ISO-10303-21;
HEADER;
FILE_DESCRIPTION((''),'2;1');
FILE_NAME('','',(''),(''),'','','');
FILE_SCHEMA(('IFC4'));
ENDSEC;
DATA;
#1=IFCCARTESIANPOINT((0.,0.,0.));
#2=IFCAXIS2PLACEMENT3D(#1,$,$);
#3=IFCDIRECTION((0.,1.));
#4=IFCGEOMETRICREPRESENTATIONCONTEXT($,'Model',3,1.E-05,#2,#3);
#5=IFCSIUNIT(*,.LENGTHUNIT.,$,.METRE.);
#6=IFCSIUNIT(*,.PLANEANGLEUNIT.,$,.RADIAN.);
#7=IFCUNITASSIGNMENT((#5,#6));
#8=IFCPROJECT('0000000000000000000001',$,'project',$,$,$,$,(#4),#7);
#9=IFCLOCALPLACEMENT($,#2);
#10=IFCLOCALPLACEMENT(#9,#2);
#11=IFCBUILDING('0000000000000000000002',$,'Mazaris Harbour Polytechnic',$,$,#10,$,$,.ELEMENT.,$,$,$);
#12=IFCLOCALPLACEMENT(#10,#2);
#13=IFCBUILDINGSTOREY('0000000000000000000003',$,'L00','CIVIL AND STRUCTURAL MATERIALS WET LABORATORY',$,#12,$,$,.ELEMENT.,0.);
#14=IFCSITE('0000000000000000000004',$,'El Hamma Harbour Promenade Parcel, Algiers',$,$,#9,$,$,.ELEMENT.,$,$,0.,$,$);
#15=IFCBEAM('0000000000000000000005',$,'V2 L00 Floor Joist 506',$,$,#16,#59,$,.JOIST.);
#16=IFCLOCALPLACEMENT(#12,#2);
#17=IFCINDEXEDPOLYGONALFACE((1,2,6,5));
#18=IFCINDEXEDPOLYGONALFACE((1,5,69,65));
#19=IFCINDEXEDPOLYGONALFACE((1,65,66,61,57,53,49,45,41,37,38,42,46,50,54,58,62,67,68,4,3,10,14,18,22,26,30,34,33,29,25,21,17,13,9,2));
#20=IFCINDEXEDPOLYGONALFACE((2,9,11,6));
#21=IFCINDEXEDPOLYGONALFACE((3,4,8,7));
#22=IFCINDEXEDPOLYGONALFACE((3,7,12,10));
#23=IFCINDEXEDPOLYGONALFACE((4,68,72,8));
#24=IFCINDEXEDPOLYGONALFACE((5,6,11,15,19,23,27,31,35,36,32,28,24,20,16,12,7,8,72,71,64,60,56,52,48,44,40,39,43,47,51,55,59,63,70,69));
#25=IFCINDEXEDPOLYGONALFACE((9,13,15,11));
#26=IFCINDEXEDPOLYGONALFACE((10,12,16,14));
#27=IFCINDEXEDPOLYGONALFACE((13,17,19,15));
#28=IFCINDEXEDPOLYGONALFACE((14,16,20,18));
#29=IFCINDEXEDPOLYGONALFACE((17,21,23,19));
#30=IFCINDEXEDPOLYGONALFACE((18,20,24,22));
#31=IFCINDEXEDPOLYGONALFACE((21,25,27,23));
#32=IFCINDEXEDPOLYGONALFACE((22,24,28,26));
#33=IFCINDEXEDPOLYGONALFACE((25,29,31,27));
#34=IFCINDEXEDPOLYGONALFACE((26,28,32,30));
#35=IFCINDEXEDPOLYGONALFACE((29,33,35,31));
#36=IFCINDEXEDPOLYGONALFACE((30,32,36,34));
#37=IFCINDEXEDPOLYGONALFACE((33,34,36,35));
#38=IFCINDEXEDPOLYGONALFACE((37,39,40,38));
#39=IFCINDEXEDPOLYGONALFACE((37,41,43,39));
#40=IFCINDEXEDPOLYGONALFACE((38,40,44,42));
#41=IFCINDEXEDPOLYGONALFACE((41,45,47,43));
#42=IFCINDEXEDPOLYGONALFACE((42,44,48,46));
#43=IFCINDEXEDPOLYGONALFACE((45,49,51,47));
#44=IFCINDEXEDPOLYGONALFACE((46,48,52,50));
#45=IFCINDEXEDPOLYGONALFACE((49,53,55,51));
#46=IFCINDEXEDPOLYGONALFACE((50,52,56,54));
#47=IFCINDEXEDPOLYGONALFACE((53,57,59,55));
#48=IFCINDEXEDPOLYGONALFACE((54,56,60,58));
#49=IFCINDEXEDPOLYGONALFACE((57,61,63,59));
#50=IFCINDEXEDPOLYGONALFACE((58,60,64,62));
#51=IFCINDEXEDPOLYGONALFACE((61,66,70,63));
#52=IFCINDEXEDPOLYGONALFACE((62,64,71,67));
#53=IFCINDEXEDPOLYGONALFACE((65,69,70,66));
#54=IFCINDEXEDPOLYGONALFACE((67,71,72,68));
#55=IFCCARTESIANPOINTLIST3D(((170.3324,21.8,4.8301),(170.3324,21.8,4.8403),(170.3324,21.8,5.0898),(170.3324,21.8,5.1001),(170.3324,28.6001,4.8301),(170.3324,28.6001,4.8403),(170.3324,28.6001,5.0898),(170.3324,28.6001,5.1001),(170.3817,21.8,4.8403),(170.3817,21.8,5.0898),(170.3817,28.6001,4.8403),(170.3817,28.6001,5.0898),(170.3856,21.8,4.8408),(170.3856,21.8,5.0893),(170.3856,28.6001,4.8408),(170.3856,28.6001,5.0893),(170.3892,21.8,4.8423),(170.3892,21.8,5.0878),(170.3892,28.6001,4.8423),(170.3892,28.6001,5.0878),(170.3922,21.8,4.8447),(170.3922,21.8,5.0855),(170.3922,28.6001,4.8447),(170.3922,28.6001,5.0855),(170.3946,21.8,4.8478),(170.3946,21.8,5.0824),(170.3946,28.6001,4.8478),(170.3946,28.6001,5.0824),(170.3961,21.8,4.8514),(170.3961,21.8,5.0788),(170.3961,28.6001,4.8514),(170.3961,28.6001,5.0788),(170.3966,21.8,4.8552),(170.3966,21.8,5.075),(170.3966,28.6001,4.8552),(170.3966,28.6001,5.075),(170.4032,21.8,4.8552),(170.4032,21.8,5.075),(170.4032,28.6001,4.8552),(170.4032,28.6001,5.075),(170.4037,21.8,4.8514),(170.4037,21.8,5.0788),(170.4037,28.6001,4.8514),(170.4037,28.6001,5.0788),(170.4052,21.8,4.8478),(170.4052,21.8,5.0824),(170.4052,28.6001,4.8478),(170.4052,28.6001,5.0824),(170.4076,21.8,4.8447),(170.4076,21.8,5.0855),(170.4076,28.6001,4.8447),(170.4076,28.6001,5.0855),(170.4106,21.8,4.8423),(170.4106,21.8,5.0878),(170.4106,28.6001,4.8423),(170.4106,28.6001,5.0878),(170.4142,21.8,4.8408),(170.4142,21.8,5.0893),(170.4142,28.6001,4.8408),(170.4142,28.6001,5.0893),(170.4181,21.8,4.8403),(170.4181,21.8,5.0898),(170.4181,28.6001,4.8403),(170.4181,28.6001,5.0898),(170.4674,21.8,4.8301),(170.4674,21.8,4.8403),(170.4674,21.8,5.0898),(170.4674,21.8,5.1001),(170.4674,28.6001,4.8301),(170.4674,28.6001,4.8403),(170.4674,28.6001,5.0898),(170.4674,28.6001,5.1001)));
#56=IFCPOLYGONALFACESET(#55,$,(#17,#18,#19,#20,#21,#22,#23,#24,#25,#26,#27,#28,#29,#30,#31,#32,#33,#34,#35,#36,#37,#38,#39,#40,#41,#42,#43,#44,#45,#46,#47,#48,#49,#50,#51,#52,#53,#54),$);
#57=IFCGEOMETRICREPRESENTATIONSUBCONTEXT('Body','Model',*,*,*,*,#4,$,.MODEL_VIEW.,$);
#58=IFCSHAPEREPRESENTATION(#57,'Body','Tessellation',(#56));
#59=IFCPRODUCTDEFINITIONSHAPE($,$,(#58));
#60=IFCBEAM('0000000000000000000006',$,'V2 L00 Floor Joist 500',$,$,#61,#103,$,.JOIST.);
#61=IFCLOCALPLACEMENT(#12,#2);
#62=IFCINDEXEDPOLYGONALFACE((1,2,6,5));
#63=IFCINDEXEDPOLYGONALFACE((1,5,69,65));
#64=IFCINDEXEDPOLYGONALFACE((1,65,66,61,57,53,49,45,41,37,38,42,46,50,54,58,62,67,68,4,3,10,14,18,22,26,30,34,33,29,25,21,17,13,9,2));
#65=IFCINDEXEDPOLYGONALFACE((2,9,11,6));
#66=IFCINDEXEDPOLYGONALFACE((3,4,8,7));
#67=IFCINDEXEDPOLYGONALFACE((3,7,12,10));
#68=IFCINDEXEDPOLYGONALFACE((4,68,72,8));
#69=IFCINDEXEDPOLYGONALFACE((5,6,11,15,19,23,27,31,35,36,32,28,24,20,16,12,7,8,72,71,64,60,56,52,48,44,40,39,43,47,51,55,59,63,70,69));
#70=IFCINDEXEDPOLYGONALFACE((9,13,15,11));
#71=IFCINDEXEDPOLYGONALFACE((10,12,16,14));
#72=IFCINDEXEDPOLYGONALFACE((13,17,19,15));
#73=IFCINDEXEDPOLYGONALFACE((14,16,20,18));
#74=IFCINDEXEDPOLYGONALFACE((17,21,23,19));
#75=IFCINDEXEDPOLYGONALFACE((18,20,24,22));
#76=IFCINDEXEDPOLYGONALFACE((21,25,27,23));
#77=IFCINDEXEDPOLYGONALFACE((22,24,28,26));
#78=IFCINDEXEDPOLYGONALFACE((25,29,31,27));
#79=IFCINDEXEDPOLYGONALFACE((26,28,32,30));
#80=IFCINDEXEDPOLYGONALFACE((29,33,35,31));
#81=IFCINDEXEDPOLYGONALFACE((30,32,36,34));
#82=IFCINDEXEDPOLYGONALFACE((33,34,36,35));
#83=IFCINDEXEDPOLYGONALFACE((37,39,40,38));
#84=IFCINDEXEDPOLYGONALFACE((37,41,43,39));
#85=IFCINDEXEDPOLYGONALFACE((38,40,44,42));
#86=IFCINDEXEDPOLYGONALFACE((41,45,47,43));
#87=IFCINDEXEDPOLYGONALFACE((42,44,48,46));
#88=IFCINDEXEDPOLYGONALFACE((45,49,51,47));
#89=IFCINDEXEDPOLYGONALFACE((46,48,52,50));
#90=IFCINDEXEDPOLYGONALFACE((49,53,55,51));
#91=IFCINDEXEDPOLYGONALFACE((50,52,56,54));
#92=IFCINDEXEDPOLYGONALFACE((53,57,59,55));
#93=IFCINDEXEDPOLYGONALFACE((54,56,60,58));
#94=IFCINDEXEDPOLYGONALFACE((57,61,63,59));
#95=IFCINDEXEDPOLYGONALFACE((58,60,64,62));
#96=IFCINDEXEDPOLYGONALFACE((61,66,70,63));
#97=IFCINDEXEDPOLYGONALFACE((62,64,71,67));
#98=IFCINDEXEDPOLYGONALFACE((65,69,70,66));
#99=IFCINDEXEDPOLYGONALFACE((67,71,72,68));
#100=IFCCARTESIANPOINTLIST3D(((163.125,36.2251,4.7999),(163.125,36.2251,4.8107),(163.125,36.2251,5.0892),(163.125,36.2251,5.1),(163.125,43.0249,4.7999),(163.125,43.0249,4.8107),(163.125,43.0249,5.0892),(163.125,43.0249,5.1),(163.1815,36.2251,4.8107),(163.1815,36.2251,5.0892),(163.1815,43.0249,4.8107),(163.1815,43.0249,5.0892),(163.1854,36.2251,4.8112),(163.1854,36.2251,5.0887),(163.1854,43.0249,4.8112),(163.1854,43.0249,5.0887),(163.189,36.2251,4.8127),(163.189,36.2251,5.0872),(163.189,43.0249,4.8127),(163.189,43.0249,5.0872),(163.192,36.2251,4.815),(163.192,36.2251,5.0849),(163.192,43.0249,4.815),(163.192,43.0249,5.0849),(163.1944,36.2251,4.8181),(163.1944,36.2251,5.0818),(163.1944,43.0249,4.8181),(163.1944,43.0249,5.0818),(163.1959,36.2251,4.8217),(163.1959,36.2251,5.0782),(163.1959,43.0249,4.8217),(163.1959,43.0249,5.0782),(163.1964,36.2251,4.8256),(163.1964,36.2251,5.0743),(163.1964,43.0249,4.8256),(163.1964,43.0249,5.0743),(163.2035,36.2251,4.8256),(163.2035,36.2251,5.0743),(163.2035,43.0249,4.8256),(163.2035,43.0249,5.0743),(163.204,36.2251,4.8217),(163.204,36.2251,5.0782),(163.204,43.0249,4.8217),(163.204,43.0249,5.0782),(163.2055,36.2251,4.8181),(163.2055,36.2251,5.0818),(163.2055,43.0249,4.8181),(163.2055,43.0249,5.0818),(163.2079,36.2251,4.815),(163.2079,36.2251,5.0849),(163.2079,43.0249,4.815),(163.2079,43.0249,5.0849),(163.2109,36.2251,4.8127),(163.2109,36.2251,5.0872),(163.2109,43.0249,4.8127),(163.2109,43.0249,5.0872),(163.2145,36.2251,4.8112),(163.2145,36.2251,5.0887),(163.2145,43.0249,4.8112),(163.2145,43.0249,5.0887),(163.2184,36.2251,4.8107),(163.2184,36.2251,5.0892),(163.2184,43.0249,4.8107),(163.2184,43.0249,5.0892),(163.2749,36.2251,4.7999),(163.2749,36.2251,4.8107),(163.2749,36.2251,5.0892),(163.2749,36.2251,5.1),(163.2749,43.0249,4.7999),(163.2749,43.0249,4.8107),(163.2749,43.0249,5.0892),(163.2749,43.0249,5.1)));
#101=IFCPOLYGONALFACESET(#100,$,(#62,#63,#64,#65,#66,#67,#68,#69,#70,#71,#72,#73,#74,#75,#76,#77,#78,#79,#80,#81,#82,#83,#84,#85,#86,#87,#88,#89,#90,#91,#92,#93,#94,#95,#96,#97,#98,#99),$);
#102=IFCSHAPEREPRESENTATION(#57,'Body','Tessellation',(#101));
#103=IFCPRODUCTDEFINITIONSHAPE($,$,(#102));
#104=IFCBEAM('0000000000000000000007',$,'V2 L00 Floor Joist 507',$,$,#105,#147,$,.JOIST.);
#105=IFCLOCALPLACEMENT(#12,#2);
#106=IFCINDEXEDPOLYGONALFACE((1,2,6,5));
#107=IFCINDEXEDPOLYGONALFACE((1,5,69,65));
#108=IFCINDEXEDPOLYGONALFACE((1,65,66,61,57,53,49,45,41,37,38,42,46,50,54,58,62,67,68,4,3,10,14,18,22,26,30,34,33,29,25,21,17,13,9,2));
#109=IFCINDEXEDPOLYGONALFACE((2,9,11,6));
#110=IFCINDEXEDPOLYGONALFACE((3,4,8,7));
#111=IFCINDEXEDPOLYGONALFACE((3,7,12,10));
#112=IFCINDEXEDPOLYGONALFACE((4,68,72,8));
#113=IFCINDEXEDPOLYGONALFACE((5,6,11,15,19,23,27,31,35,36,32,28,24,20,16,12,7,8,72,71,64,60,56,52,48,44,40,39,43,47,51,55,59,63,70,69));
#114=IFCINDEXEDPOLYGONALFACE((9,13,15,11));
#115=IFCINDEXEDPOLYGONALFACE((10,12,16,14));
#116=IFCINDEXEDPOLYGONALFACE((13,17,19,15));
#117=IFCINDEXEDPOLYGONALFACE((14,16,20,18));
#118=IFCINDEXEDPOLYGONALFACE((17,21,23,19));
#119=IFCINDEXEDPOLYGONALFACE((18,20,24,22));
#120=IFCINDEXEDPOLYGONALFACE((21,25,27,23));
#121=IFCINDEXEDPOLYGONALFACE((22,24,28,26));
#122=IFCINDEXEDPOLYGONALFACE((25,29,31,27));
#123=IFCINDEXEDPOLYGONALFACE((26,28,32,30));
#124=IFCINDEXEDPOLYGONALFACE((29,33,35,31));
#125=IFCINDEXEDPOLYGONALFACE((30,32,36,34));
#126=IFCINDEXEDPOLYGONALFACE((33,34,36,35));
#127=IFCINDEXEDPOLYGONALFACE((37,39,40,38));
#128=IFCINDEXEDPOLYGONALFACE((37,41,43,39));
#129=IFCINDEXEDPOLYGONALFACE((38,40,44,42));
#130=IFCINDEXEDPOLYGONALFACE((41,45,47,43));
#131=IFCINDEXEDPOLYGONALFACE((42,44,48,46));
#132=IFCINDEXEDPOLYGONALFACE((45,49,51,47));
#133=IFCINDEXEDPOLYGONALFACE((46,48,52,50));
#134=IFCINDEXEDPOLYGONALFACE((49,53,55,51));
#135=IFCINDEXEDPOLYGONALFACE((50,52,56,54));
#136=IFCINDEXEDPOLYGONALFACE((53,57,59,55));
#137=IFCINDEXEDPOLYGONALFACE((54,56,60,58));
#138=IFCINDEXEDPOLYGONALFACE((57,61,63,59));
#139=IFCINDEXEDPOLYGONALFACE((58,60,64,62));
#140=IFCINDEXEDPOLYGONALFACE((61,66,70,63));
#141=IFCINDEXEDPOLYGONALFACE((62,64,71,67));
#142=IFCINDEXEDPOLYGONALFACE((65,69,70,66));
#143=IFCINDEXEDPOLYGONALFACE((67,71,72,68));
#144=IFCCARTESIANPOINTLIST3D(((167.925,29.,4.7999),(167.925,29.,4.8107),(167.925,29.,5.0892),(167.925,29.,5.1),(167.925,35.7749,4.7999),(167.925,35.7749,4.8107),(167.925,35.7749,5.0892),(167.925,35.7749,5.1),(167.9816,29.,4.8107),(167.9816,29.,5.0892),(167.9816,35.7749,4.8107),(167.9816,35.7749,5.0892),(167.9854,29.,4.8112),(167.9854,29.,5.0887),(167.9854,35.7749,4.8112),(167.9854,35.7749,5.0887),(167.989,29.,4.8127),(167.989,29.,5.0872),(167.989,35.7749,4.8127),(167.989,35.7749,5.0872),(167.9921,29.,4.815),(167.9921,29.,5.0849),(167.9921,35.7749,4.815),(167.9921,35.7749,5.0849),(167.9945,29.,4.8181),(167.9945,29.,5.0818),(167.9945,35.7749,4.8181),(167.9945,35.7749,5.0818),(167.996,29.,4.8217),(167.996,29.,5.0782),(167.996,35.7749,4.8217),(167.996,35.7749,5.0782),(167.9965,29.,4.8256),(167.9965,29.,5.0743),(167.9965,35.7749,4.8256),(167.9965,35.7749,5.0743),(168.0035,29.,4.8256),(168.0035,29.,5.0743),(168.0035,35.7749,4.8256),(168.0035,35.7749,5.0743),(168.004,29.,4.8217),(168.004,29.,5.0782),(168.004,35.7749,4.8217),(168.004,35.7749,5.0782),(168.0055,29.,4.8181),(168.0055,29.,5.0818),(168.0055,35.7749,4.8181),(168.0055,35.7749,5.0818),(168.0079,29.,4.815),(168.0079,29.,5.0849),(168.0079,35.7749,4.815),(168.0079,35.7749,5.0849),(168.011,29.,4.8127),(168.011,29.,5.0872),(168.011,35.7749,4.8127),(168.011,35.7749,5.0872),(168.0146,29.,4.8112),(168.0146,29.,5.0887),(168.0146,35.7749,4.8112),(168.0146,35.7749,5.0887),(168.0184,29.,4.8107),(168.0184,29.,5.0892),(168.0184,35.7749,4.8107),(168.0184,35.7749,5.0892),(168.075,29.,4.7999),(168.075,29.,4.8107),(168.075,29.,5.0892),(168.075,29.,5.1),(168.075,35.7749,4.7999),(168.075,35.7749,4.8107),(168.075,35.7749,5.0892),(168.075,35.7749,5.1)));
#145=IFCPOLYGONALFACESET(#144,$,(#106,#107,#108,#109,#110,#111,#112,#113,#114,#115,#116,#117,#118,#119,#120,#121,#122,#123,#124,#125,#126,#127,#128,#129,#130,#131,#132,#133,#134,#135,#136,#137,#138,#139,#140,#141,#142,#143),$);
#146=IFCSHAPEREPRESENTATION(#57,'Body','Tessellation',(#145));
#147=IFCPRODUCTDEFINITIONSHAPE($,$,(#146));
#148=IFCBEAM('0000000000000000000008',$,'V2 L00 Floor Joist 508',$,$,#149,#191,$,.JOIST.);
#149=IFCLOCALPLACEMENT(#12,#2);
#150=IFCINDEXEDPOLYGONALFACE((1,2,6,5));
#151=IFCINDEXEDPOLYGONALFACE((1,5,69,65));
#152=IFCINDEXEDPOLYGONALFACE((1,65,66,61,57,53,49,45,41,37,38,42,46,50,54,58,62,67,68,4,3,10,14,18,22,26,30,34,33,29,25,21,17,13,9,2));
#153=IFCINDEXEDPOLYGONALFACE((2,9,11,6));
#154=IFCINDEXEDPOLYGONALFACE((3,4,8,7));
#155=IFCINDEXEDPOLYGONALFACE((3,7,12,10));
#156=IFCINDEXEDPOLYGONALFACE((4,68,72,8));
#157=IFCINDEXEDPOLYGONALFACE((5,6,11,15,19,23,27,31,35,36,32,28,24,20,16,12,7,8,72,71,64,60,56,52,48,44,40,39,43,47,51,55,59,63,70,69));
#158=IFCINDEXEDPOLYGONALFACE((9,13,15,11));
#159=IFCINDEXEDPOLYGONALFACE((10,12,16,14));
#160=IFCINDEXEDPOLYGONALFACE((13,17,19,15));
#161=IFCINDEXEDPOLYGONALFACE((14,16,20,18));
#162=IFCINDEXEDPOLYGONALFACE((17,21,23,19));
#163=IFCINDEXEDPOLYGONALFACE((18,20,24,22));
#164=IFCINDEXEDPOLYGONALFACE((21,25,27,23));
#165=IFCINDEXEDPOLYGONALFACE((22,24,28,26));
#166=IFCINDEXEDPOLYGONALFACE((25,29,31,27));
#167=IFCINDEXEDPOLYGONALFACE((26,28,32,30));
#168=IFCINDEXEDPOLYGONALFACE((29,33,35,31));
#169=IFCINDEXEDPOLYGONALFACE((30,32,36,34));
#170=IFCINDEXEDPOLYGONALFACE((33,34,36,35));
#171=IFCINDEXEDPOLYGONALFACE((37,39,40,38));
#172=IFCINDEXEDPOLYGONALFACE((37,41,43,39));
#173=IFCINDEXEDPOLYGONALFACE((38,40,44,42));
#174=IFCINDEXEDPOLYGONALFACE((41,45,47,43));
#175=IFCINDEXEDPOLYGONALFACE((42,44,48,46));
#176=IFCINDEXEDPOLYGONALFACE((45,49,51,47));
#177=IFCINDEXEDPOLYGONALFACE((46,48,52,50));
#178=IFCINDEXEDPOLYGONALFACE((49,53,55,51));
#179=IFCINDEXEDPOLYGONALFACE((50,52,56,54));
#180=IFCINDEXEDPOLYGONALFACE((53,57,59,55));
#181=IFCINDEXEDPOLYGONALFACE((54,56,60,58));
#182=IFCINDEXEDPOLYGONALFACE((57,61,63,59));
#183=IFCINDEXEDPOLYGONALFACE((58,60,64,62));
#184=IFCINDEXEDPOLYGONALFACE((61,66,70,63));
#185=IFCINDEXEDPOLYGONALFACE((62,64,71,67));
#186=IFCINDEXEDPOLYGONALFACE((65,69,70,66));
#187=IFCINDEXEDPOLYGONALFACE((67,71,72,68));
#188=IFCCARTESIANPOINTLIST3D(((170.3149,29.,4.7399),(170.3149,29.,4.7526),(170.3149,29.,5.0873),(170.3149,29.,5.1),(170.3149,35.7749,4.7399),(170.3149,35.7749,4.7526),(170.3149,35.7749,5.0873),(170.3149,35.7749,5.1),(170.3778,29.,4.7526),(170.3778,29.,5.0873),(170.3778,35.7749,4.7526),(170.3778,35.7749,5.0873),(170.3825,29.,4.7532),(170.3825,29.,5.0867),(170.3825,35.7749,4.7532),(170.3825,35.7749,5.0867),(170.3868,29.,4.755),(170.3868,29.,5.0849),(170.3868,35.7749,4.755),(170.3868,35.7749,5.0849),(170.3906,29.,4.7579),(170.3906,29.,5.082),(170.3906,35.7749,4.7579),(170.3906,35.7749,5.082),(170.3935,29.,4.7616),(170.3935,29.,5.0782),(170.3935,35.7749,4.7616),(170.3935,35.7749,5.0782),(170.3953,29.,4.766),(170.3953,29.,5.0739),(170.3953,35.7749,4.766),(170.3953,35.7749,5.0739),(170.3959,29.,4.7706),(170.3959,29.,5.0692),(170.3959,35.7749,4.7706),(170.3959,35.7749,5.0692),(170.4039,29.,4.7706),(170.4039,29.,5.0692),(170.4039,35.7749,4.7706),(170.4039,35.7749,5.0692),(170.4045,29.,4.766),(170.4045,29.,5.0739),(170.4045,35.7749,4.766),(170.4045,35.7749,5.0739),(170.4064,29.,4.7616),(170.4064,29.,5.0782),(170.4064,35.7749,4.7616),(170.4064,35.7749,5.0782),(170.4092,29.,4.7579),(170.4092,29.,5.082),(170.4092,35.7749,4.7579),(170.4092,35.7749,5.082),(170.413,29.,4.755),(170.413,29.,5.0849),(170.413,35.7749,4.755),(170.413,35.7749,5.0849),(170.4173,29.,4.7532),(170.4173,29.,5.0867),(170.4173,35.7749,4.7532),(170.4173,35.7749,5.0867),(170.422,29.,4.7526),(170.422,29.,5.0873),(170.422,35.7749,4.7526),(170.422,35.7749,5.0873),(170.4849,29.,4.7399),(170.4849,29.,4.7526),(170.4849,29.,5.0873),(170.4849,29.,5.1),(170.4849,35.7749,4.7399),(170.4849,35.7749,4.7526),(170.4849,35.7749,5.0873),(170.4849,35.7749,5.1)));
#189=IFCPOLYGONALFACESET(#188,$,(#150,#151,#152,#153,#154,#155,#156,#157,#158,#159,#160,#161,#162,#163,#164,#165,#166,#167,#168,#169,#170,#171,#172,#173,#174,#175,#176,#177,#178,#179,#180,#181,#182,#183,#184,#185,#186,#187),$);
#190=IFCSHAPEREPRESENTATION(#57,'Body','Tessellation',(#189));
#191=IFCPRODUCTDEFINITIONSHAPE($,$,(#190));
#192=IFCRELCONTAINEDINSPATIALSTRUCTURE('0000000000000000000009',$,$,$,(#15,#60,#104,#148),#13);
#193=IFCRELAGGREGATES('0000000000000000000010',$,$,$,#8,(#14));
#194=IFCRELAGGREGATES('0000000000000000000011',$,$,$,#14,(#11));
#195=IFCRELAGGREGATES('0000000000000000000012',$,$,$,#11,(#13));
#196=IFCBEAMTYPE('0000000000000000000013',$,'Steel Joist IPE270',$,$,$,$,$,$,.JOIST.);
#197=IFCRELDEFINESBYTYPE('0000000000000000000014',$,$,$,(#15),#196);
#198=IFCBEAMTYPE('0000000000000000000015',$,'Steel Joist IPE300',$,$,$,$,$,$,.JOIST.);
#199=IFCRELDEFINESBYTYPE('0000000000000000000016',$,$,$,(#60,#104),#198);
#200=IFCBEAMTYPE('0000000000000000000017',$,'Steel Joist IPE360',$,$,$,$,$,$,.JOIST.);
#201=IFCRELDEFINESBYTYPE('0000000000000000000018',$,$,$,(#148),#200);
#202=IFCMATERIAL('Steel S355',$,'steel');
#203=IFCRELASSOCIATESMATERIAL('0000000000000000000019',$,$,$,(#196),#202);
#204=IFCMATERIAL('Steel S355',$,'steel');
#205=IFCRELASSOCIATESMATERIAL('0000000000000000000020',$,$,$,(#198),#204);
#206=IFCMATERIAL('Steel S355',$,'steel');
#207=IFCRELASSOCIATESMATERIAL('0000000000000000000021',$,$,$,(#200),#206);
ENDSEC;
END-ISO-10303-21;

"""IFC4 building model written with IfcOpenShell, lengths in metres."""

from ifc_helpers import new_model, si_unit, direction, frame, origin, origin_2d, place, context, subcontext, project, spatial, i_section, extrude, material, material_profile, profile_set, type_object, element, save


model = new_model("IFC4")

# Units and contexts
model_context = context("Model", 3, precision=1e-05, world=origin(), true_north=direction((0.0, 1.0)))
body_context = subcontext(model_context, "Body", "Model", "MODEL_VIEW")
ifc_project = project(units=[si_unit("LENGTHUNIT", "METRE"), si_unit("PLANEANGLEUNIT", "RADIAN")], contexts=[model_context])

# Site, building, storey
site_placement = place(None, origin())
site = spatial("IfcSite", under=ifc_project, at=site_placement, Name="El Hamma Harbour Promenade Parcel, Algiers", CompositionType="ELEMENT", RefElevation=0.0)
building_placement = place(site_placement, origin())
building = spatial("IfcBuilding", under=site, at=building_placement, Name="Mazaris Harbour Polytechnic", CompositionType="ELEMENT")
storey_placement = place(building_placement, origin())
storey = spatial("IfcBuildingStorey", under=building, at=storey_placement, Name="L00", Description="CIVIL AND STRUCTURAL MATERIALS WET LABORATORY", CompositionType="ELEMENT", Elevation=0.0)

# Beams
ifc_material_1 = material(Name="Steel S355", Category="steel")
ifc_material_profile_1 = material_profile(ifc_material_1, i_section(OverallWidth=0.135, OverallDepth=0.27, WebThickness=0.0066, FlangeThickness=0.0103, FilletRadius=0.0149, at=origin_2d()), Name="IPE 270")
ifc_profile_set_1 = profile_set([ifc_material_profile_1], Name="Steel S355")
beam_type_1 = type_object("IfcBeamType", Name="Steel Joist IPE270", PredefinedType="JOIST", material=ifc_profile_set_1)
beam_1_placement = place(storey_placement, frame((170.3999, 21.8, 4.9651), z_axis=(0.0, 1.0, 0.0), x_axis=(-1.0, 0.0, 0.0)))
element("IfcBeam", 1, at=beam_1_placement, inside=storey, type_object=beam_type_1, Name="V2 L00 Floor Joist 506", PredefinedType="JOIST", context=body_context, shape_type="SweptSolid", body=[
    extrude(i_section(OverallWidth=0.135, OverallDepth=0.27, WebThickness=0.0066, FlangeThickness=0.0103, FilletRadius=0.0149, at=origin_2d()), origin(), (0.0, 0.0, 1.0), 6.8),
])
ifc_material_2 = material(Name="Steel S355", Category="steel")
ifc_material_profile_2 = material_profile(ifc_material_2, i_section(OverallWidth=0.1499, OverallDepth=0.3, WebThickness=0.0071, FlangeThickness=0.0107, FilletRadius=0.0149, at=origin_2d()), Name="IPE 300")
ifc_profile_set_2 = profile_set([ifc_material_profile_2], Name="Steel S355")
beam_type_2 = type_object("IfcBeamType", Name="Steel Joist IPE300", PredefinedType="JOIST", material=ifc_profile_set_2)
beam_2_placement = place(storey_placement, frame((163.2, 36.2251, 4.95), z_axis=(0.0, 1.0, 0.0), x_axis=(-1.0, 0.0, 0.0)))
element("IfcBeam", 2, at=beam_2_placement, inside=storey, type_object=beam_type_2, Name="V2 L00 Floor Joist 500", PredefinedType="JOIST", context=body_context, shape_type="SweptSolid", body=[
    extrude(i_section(OverallWidth=0.1499, OverallDepth=0.3, WebThickness=0.0071, FlangeThickness=0.0107, FilletRadius=0.0149, at=origin_2d()), origin(), (0.0, 0.0, 1.0), 6.7998),
])
beam_3_placement = place(storey_placement, frame((168.0, 29.0, 4.95), z_axis=(0.0, 1.0, 0.0), x_axis=(-1.0, 0.0, 0.0)))
element("IfcBeam", 3, at=beam_3_placement, inside=storey, type_object=beam_type_2, Name="V2 L00 Floor Joist 507", PredefinedType="JOIST", context=body_context, shape_type="SweptSolid", body=[
    extrude(i_section(OverallWidth=0.1499, OverallDepth=0.3, WebThickness=0.0071, FlangeThickness=0.0107, FilletRadius=0.0149, at=origin_2d()), origin(), (0.0, 0.0, 1.0), 6.7749),
])
ifc_material_3 = material(Name="Steel S355", Category="steel")
ifc_material_profile_3 = material_profile(ifc_material_3, i_section(OverallWidth=0.1699, OverallDepth=0.3601, WebThickness=0.0081, FlangeThickness=0.0127, FilletRadius=0.0181, at=origin_2d()), Name="IPE 360")
ifc_profile_set_3 = profile_set([ifc_material_profile_3], Name="Steel S355")
beam_type_3 = type_object("IfcBeamType", Name="Steel Joist IPE360", PredefinedType="JOIST", material=ifc_profile_set_3)
beam_4_placement = place(storey_placement, frame((170.3999, 29.0, 4.9199), z_axis=(0.0, 1.0, 0.0), x_axis=(-1.0, 0.0, 0.0)))
element("IfcBeam", 4, at=beam_4_placement, inside=storey, type_object=beam_type_3, Name="V2 L00 Floor Joist 508", PredefinedType="JOIST", context=body_context, shape_type="SweptSolid", body=[
    extrude(i_section(OverallWidth=0.1699, OverallDepth=0.3601, WebThickness=0.0081, FlangeThickness=0.0127, FilletRadius=0.0181, at=origin_2d()), origin(), (0.0, 0.0, 1.0), 6.7749),
])

save(model, "model.ifc")
